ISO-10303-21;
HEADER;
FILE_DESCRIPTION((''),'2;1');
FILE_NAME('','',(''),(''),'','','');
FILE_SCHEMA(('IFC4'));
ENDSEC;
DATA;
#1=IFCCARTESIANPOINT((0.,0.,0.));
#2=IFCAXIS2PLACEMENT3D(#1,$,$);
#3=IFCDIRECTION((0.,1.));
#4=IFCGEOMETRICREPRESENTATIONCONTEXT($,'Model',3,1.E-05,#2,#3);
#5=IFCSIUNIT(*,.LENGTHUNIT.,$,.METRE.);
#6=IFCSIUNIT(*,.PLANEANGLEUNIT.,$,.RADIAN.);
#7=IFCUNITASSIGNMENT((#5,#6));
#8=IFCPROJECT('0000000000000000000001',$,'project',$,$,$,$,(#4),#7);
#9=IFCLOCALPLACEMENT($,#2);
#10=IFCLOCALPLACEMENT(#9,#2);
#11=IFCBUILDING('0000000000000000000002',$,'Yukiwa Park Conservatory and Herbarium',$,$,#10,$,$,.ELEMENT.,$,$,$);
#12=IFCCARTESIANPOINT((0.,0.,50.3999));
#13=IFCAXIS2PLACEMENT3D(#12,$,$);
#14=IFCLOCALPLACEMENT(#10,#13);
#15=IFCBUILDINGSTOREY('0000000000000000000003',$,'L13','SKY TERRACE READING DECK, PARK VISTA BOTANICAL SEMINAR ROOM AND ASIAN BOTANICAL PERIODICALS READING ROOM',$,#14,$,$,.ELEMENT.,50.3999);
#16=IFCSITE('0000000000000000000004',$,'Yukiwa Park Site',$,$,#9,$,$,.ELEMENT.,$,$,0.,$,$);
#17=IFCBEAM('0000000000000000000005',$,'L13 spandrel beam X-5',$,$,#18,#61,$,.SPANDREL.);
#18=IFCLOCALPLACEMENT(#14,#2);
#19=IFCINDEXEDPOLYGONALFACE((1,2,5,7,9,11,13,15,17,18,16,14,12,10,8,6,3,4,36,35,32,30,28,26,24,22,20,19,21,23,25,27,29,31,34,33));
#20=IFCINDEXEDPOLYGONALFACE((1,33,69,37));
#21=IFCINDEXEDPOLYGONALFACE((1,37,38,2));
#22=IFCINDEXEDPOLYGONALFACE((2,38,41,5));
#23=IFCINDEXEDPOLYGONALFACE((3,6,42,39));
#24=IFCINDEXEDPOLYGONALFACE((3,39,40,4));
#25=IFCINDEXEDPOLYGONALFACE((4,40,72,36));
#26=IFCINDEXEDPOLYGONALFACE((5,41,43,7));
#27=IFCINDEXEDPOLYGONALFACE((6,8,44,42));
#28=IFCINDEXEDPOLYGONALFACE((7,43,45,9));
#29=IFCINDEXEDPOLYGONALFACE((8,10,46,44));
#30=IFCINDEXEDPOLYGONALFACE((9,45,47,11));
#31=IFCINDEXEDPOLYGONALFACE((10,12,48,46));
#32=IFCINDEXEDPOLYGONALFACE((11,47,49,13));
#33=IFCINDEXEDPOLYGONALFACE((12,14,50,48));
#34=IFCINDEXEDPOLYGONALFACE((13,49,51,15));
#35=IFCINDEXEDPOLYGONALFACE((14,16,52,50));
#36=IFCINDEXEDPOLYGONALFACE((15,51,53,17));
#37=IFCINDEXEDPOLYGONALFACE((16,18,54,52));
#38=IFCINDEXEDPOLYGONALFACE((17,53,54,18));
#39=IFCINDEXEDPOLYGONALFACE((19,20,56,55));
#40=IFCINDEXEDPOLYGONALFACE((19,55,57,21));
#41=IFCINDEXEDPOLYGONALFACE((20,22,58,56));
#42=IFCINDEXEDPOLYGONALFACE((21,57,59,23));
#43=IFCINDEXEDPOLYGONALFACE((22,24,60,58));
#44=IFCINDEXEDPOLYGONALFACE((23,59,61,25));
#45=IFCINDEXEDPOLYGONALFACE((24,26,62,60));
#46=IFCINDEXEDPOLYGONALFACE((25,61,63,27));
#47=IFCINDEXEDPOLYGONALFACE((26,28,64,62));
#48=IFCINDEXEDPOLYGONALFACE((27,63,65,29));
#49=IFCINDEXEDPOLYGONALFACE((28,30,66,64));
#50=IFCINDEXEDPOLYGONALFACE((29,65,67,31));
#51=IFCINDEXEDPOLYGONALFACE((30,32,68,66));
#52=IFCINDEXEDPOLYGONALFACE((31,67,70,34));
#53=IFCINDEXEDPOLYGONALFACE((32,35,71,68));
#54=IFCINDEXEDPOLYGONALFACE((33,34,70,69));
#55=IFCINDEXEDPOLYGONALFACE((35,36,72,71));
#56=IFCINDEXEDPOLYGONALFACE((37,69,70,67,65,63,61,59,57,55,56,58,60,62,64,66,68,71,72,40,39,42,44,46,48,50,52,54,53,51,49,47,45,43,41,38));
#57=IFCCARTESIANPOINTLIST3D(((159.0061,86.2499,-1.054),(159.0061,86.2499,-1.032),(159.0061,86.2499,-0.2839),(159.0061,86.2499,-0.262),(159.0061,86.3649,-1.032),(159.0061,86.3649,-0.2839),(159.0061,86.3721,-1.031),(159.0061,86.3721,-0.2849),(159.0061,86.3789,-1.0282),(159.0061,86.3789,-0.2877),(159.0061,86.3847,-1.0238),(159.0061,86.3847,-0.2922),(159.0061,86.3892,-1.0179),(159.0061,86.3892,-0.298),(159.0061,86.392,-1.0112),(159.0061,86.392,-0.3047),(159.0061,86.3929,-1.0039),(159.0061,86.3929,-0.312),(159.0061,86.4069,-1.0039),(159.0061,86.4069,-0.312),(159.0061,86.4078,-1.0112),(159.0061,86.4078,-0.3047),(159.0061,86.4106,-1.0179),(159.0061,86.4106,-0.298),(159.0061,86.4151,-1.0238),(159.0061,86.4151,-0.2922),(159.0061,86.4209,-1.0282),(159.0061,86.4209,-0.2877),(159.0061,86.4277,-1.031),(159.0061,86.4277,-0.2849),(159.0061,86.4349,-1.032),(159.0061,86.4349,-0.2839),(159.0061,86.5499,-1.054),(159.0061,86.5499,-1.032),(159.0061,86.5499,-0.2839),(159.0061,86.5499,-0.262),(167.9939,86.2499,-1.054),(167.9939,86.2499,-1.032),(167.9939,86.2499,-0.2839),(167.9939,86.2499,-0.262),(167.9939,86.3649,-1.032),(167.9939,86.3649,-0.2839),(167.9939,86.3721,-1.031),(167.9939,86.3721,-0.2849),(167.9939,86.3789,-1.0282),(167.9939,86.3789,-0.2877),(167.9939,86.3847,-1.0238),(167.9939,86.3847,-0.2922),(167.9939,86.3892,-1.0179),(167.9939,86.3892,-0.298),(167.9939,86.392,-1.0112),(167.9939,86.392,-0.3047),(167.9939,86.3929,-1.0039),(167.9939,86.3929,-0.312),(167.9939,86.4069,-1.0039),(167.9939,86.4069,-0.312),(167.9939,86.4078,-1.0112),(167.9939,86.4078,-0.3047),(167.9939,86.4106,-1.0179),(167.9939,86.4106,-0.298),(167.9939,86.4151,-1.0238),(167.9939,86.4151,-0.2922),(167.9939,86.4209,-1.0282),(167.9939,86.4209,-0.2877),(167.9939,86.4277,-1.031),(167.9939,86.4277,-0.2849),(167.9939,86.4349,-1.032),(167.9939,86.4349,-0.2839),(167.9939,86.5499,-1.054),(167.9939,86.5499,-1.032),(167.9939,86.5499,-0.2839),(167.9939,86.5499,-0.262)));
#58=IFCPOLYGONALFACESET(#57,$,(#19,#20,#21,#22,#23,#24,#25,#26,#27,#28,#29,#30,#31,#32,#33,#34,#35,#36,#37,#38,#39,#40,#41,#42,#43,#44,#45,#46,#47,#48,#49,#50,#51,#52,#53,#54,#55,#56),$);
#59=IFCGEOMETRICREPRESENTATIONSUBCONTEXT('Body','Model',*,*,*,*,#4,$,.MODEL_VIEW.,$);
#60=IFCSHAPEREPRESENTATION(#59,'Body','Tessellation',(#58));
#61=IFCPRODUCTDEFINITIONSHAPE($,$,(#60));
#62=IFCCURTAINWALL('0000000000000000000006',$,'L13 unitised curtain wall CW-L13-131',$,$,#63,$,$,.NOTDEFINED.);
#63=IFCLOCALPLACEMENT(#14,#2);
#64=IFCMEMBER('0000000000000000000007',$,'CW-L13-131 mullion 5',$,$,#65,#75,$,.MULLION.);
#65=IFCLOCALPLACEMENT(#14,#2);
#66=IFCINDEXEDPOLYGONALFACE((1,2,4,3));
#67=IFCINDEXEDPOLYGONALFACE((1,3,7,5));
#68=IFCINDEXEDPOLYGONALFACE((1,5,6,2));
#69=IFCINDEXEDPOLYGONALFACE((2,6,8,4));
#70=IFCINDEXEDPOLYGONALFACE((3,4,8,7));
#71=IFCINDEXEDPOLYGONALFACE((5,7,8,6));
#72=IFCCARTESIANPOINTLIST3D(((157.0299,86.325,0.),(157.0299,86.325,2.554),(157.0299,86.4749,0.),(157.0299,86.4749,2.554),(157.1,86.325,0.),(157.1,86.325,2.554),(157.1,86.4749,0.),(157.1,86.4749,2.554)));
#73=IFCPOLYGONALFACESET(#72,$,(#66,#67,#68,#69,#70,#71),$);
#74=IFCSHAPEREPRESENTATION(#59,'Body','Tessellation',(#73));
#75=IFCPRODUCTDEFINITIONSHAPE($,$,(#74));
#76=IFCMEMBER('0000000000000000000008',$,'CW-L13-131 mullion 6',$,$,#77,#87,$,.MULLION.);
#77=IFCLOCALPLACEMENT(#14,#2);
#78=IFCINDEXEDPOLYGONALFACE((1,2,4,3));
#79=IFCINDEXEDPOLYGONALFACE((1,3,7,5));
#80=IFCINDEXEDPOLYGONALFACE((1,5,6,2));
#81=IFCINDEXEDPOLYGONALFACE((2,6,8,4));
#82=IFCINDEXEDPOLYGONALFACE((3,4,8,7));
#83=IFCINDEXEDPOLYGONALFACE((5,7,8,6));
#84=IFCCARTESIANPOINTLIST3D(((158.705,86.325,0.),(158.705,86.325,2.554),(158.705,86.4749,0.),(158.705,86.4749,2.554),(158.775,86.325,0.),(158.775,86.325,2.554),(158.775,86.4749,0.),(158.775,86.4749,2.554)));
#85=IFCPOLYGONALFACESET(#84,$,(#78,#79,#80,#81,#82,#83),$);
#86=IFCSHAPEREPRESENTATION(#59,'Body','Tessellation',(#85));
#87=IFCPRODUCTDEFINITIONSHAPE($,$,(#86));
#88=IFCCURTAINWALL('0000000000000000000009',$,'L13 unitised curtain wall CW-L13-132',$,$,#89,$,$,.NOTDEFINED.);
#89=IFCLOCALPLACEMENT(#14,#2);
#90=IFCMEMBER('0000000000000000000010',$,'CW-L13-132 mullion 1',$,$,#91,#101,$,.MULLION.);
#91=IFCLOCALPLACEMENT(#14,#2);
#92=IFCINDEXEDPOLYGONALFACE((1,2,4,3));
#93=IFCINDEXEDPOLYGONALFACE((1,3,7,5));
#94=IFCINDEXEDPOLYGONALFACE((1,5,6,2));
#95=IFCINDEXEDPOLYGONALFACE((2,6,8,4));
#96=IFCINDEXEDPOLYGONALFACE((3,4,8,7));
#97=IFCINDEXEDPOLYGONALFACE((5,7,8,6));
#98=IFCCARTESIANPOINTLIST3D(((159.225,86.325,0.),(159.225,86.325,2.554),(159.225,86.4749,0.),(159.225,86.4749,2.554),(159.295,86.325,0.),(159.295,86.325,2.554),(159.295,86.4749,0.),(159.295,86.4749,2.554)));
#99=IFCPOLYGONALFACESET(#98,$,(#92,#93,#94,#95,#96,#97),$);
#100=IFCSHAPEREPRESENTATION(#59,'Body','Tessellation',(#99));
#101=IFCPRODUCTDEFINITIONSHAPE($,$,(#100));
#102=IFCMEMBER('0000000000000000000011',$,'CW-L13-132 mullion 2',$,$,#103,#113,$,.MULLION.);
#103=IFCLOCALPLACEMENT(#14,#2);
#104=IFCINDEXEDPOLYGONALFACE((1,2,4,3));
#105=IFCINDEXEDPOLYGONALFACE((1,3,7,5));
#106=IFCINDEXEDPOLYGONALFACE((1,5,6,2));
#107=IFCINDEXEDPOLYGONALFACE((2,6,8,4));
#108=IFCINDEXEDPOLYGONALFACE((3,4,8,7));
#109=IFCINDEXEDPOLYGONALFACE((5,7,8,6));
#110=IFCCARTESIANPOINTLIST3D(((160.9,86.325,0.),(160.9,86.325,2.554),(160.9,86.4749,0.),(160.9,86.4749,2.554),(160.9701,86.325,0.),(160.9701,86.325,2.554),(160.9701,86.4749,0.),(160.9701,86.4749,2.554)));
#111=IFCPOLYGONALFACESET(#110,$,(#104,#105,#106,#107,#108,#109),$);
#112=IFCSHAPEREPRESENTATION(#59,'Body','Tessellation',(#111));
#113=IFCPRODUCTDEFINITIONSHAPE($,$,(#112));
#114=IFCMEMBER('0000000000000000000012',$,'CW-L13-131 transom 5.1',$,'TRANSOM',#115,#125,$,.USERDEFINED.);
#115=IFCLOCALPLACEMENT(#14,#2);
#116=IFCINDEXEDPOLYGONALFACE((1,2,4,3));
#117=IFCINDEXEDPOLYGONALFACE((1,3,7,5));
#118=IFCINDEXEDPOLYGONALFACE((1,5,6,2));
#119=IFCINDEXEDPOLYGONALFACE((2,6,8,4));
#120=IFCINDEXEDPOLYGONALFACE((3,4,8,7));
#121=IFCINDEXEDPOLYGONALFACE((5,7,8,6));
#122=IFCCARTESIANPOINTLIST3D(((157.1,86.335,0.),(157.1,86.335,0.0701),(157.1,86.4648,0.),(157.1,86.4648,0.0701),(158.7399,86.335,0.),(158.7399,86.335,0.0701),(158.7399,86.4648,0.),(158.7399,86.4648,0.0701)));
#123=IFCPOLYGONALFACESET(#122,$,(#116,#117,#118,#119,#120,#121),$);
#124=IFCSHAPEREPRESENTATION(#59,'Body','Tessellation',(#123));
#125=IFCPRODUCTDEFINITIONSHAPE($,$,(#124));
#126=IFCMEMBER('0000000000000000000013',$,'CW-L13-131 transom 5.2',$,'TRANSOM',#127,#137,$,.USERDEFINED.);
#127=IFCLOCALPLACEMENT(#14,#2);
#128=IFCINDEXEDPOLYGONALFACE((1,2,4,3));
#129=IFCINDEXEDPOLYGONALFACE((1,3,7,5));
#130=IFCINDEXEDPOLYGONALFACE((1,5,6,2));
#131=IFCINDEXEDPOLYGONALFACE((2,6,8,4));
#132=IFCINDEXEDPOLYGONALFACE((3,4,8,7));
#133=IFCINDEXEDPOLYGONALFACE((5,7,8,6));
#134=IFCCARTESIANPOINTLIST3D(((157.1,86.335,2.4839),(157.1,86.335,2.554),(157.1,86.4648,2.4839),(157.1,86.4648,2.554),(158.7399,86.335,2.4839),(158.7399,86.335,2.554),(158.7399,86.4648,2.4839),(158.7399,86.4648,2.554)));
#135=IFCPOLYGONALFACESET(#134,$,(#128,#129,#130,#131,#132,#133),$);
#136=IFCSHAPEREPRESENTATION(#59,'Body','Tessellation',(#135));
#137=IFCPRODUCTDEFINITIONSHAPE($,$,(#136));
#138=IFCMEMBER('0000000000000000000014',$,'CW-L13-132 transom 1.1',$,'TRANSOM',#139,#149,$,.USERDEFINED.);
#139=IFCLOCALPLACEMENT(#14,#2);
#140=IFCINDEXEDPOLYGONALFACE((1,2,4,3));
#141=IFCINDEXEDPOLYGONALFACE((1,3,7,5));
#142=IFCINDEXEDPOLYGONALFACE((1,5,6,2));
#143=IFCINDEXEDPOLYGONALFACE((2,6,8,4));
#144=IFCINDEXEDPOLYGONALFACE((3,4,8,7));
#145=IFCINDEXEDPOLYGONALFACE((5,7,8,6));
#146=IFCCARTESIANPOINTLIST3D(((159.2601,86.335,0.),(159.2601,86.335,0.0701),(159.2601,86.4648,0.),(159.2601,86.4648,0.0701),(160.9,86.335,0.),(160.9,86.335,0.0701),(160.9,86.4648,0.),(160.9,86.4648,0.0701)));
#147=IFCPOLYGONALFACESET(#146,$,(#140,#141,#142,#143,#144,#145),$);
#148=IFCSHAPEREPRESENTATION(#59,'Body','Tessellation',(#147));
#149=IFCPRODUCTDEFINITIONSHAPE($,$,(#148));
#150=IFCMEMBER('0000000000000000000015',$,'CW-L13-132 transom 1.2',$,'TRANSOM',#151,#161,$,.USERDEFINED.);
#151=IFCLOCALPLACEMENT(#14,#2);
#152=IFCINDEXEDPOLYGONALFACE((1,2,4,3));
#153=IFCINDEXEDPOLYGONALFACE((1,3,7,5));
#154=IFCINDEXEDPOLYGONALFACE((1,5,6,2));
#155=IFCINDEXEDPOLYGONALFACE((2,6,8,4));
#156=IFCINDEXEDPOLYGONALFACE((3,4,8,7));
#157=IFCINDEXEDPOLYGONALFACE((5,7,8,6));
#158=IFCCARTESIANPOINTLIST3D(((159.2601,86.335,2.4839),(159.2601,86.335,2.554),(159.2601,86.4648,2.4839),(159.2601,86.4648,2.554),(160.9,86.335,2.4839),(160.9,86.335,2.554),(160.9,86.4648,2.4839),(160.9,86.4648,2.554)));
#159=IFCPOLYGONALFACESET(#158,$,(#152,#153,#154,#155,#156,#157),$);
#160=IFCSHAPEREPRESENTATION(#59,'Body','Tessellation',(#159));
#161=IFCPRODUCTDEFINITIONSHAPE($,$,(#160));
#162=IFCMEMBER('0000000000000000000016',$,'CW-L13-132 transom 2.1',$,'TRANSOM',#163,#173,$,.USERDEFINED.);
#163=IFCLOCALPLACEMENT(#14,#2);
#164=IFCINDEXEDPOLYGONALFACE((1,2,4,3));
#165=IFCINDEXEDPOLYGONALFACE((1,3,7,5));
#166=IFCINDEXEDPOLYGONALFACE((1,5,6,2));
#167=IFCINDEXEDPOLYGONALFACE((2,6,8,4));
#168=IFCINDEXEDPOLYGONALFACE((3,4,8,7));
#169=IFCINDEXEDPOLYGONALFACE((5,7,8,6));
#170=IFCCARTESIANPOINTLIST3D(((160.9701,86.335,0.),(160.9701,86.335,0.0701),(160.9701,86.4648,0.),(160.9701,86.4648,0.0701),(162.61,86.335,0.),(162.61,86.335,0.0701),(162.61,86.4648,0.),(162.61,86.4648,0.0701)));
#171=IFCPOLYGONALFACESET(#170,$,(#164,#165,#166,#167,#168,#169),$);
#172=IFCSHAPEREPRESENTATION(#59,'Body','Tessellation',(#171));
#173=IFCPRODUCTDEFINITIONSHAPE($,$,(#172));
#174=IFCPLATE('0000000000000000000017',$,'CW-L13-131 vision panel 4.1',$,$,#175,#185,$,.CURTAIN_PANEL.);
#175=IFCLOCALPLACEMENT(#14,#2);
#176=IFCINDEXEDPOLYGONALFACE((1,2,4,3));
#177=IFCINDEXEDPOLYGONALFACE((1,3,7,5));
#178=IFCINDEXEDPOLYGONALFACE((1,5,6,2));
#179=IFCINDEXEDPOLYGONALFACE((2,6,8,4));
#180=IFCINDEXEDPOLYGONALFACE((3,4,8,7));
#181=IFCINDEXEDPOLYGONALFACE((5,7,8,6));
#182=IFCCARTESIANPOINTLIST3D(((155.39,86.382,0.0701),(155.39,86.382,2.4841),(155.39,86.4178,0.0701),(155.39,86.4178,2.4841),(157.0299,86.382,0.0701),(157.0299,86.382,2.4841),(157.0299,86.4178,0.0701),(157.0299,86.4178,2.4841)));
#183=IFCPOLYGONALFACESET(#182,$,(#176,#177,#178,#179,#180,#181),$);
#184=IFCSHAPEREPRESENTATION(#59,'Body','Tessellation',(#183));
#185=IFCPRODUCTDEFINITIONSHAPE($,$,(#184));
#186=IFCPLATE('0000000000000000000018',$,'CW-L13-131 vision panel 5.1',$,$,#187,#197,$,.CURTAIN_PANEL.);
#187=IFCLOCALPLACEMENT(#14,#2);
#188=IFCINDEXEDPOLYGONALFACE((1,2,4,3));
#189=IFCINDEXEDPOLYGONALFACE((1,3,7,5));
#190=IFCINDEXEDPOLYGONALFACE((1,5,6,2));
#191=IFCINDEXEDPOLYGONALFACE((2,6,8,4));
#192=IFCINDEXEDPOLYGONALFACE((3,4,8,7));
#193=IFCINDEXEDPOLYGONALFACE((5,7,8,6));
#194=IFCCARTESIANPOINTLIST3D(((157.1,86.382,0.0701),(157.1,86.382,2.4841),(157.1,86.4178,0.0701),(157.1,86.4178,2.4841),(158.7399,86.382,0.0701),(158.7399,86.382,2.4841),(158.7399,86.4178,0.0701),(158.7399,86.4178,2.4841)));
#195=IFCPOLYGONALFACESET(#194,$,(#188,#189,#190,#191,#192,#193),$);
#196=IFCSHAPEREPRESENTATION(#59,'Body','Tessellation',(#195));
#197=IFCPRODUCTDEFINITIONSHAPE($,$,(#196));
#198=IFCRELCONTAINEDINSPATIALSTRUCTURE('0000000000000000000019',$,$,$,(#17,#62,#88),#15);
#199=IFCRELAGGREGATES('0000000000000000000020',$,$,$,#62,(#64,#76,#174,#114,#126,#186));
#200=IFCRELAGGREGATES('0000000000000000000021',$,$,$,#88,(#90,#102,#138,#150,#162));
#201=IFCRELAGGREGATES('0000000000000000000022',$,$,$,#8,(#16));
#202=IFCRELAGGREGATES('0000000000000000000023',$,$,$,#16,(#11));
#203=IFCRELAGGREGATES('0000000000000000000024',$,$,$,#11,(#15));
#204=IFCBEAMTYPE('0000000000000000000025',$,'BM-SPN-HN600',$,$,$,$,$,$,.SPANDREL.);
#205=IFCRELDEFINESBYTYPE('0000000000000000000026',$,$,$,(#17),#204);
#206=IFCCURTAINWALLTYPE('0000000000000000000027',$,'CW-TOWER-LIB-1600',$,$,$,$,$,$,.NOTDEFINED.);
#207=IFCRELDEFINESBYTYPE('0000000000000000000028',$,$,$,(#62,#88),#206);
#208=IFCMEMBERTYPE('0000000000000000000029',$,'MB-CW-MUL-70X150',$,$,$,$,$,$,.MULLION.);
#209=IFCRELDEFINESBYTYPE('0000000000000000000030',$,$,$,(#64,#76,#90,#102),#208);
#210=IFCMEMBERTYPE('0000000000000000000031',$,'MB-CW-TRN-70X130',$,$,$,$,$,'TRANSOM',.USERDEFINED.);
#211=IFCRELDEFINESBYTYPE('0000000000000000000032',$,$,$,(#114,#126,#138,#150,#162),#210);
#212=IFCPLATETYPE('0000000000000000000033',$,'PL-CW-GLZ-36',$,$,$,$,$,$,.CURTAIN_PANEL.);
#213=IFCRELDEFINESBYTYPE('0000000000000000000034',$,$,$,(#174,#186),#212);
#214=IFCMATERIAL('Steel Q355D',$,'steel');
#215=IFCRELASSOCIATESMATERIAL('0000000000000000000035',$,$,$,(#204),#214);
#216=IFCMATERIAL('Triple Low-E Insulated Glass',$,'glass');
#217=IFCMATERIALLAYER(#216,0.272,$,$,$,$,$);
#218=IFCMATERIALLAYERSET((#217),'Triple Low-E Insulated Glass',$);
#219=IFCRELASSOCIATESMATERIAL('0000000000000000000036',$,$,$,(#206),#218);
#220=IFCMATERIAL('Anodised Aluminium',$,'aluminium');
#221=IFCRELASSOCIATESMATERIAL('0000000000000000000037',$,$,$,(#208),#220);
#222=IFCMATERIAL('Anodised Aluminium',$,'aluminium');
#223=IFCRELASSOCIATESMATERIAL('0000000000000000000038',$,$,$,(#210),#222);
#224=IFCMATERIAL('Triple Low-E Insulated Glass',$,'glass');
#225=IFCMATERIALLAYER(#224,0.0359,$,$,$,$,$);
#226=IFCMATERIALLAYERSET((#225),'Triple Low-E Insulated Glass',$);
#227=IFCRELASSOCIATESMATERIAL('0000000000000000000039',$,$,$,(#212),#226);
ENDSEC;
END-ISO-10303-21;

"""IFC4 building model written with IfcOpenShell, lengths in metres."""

from ifc_helpers import new_model, si_unit, direction, frame, origin, origin_2d, place, context, subcontext, project, spatial, rectangle, i_section, extrude, material, layer, layer_set, material_profile, profile_set, type_object, element, aggregate, save


model = new_model("IFC4")

# Units and contexts
model_context = context("Model", 3, precision=1e-05, world=origin(), true_north=direction((0.0, 1.0)))
body_context = subcontext(model_context, "Body", "Model", "MODEL_VIEW")
ifc_project = project(units=[si_unit("LENGTHUNIT", "METRE"), si_unit("PLANEANGLEUNIT", "RADIAN")], contexts=[model_context])

# Site, building, storey
site_placement = place(None, origin())
site = spatial("IfcSite", under=ifc_project, at=site_placement, Name="Yukiwa Park Site", CompositionType="ELEMENT", RefElevation=0.0)
building_placement = place(site_placement, origin())
building = spatial("IfcBuilding", under=site, at=building_placement, Name="Yukiwa Park Conservatory and Herbarium", CompositionType="ELEMENT")
storey_placement = place(building_placement, frame((0.0, 0.0, 50.3999)))
storey = spatial("IfcBuildingStorey", under=building, at=storey_placement, Name="L13", Description="SKY TERRACE READING DECK, PARK VISTA BOTANICAL SEMINAR ROOM AND ASIAN BOTANICAL PERIODICALS READING ROOM", CompositionType="ELEMENT", Elevation=50.3999)

# Beam
ifc_material_1 = material(Name="Steel Q355D", Category="steel")
ifc_material_profile_1 = material_profile(ifc_material_1, i_section(OverallWidth=0.3, OverallDepth=0.792, WebThickness=0.0139, FlangeThickness=0.022, FilletRadius=0.0281, at=origin_2d()), Name="HN 792x300x14x22")
ifc_profile_set_1 = profile_set([ifc_material_profile_1], Name="Steel Q355D")
beam_type_1 = type_object("IfcBeamType", Name="BM-SPN-HN600", PredefinedType="SPANDREL", material=ifc_profile_set_1)
beam_1_placement = place(storey_placement, frame((159.0061, 86.3999, -0.658), z_axis=(1.0, 0.0, 0.0), x_axis=(0.0, 1.0, 0.0)))
element("IfcBeam", 1, at=beam_1_placement, inside=storey, type_object=beam_type_1, Name="L13 spandrel beam X-5", PredefinedType="SPANDREL", context=body_context, shape_type="SweptSolid", body=[
    extrude(i_section(OverallWidth=0.3, OverallDepth=0.792, WebThickness=0.0139, FlangeThickness=0.022, FilletRadius=0.0281, at=origin_2d()), origin(), (0.0, 0.0, 1.0), 8.9878),
])

# Curtain walls, members
ifc_material_2 = material(Name="Triple Low-E Insulated Glass", Category="glass")
ifc_layer_1 = layer(ifc_material_2, 0.272)
ifc_layer_set_1 = layer_set([ifc_layer_1], Name="Triple Low-E Insulated Glass")
curtain_wall_type = type_object("IfcCurtainWallType", Name="CW-TOWER-LIB-1600", PredefinedType="NOTDEFINED", material=ifc_layer_set_1)
curtain_wall_1_placement = place(storey_placement, origin())
curtain_wall_1 = element("IfcCurtainWall", 2, at=curtain_wall_1_placement, inside=storey, type_object=curtain_wall_type, Name="L13 unitised curtain wall CW-L13-131", PredefinedType="NOTDEFINED")
ifc_material_3 = material(Name="Anodised Aluminium", Category="aluminium")
member_type_1 = type_object("IfcMemberType", Name="MB-CW-MUL-70X150", PredefinedType="MULLION", material=ifc_material_3)
member_1_placement = place(storey_placement, frame((157.0649, 86.3999, 0.0), z_axis=(0.0, 0.0, 1.0), x_axis=(1.0, 0.0, 0.0)))
member_1 = element("IfcMember", 3, at=member_1_placement, type_object=member_type_1, Name="CW-L13-131 mullion 5", PredefinedType="MULLION", context=body_context, shape_type="SweptSolid", body=[
    extrude(rectangle(XDim=0.0701, YDim=0.1499, at=origin_2d()), origin(), (0.0, 0.0, 1.0), 2.554),
])
member_2_placement = place(storey_placement, frame((158.74, 86.3999, 0.0), z_axis=(0.0, 0.0, 1.0), x_axis=(1.0, 0.0, 0.0)))
member_2 = element("IfcMember", 4, at=member_2_placement, type_object=member_type_1, Name="CW-L13-131 mullion 6", PredefinedType="MULLION", context=body_context, shape_type="SweptSolid", body=[
    extrude(rectangle(XDim=0.0701, YDim=0.1499, at=origin_2d()), origin(), (0.0, 0.0, 1.0), 2.554),
])
curtain_wall_2_placement = place(storey_placement, origin())
curtain_wall_2 = element("IfcCurtainWall", 5, at=curtain_wall_2_placement, inside=storey, type_object=curtain_wall_type, Name="L13 unitised curtain wall CW-L13-132", PredefinedType="NOTDEFINED")
member_3_placement = place(storey_placement, frame((159.26, 86.3999, 0.0), z_axis=(0.0, 0.0, 1.0), x_axis=(1.0, 0.0, 0.0)))
member_3 = element("IfcMember", 6, at=member_3_placement, type_object=member_type_1, Name="CW-L13-132 mullion 1", PredefinedType="MULLION", context=body_context, shape_type="SweptSolid", body=[
    extrude(rectangle(XDim=0.0701, YDim=0.1499, at=origin_2d()), origin(), (0.0, 0.0, 1.0), 2.554),
])
member_4_placement = place(storey_placement, frame((160.9351, 86.3999, 0.0), z_axis=(0.0, 0.0, 1.0), x_axis=(1.0, 0.0, 0.0)))
member_4 = element("IfcMember", 7, at=member_4_placement, type_object=member_type_1, Name="CW-L13-132 mullion 2", PredefinedType="MULLION", context=body_context, shape_type="SweptSolid", body=[
    extrude(rectangle(XDim=0.0701, YDim=0.1499, at=origin_2d()), origin(), (0.0, 0.0, 1.0), 2.554),
])

# Members
ifc_material_4 = material(Name="Anodised Aluminium", Category="aluminium")
member_type_2 = type_object("IfcMemberType", Name="MB-CW-TRN-70X130", ElementType="TRANSOM", PredefinedType="USERDEFINED", material=ifc_material_4)
member_5_placement = place(storey_placement, frame((157.9199, 86.3999, 0.0), z_axis=(0.0, 0.0, 1.0), x_axis=(1.0, 0.0, 0.0)))
member_5 = element("IfcMember", 8, at=member_5_placement, type_object=member_type_2, Name="CW-L13-131 transom 5.1", ObjectType="TRANSOM", PredefinedType="USERDEFINED", context=body_context, shape_type="SweptSolid", body=[
    extrude(rectangle(XDim=1.6399, YDim=0.1299, at=origin_2d()), origin(), (0.0, 0.0, 1.0), 0.0701),
])
member_6_placement = place(storey_placement, frame((157.9199, 86.3999, 2.4839), z_axis=(0.0, 0.0, 1.0), x_axis=(1.0, 0.0, 0.0)))
member_6 = element("IfcMember", 9, at=member_6_placement, type_object=member_type_2, Name="CW-L13-131 transom 5.2", ObjectType="TRANSOM", PredefinedType="USERDEFINED", context=body_context, shape_type="SweptSolid", body=[
    extrude(rectangle(XDim=1.6399, YDim=0.1299, at=origin_2d()), origin(), (0.0, 0.0, 1.0), 0.0701),
])
member_7_placement = place(storey_placement, frame((160.0801, 86.3999, 0.0), z_axis=(0.0, 0.0, 1.0), x_axis=(1.0, 0.0, 0.0)))
member_7 = element("IfcMember", 10, at=member_7_placement, type_object=member_type_2, Name="CW-L13-132 transom 1.1", ObjectType="TRANSOM", PredefinedType="USERDEFINED", context=body_context, shape_type="SweptSolid", body=[
    extrude(rectangle(XDim=1.6399, YDim=0.1299, at=origin_2d()), origin(), (0.0, 0.0, 1.0), 0.0701),
])
member_8_placement = place(storey_placement, frame((160.0801, 86.3999, 2.4839), z_axis=(0.0, 0.0, 1.0), x_axis=(1.0, 0.0, 0.0)))
member_8 = element("IfcMember", 11, at=member_8_placement, type_object=member_type_2, Name="CW-L13-132 transom 1.2", ObjectType="TRANSOM", PredefinedType="USERDEFINED", context=body_context, shape_type="SweptSolid", body=[
    extrude(rectangle(XDim=1.6399, YDim=0.1299, at=origin_2d()), origin(), (0.0, 0.0, 1.0), 0.0701),
])
member_9_placement = place(storey_placement, frame((161.79, 86.3999, 0.0), z_axis=(0.0, 0.0, 1.0), x_axis=(1.0, 0.0, 0.0)))
member_9 = element("IfcMember", 12, at=member_9_placement, type_object=member_type_2, Name="CW-L13-132 transom 2.1", ObjectType="TRANSOM", PredefinedType="USERDEFINED", context=body_context, shape_type="SweptSolid", body=[
    extrude(rectangle(XDim=1.6399, YDim=0.1299, at=origin_2d()), origin(), (0.0, 0.0, 1.0), 0.0701),
])

# Plates
ifc_material_5 = material(Name="Triple Low-E Insulated Glass", Category="glass")
ifc_layer_2 = layer(ifc_material_5, 0.0359)
ifc_layer_set_2 = layer_set([ifc_layer_2], Name="Triple Low-E Insulated Glass")
plate_type = type_object("IfcPlateType", Name="PL-CW-GLZ-36", PredefinedType="CURTAIN_PANEL", material=ifc_layer_set_2)
plate_1_placement = place(storey_placement, frame((156.21, 86.3999, 0.0701), z_axis=(0.0, 0.0, 1.0), x_axis=(1.0, 0.0, 0.0)))
plate_1 = element("IfcPlate", 13, at=plate_1_placement, type_object=plate_type, Name="CW-L13-131 vision panel 4.1", PredefinedType="CURTAIN_PANEL", context=body_context, shape_type="SweptSolid", body=[
    extrude(rectangle(XDim=1.6399, YDim=0.0359, at=origin_2d()), origin(), (0.0, 0.0, 1.0), 2.4141),
])
plate_2_placement = place(storey_placement, frame((157.9199, 86.3999, 0.0701), z_axis=(0.0, 0.0, 1.0), x_axis=(1.0, 0.0, 0.0)))
plate_2 = element("IfcPlate", 14, at=plate_2_placement, type_object=plate_type, Name="CW-L13-131 vision panel 5.1", PredefinedType="CURTAIN_PANEL", context=body_context, shape_type="SweptSolid", body=[
    extrude(rectangle(XDim=1.6399, YDim=0.0359, at=origin_2d()), origin(), (0.0, 0.0, 1.0), 2.4141),
])
aggregate(curtain_wall_1, [member_1, member_2, plate_1, member_5, member_6, plate_2])
aggregate(curtain_wall_2, [member_3, member_4, member_7, member_8, member_9])

save(model, "model.ifc")
